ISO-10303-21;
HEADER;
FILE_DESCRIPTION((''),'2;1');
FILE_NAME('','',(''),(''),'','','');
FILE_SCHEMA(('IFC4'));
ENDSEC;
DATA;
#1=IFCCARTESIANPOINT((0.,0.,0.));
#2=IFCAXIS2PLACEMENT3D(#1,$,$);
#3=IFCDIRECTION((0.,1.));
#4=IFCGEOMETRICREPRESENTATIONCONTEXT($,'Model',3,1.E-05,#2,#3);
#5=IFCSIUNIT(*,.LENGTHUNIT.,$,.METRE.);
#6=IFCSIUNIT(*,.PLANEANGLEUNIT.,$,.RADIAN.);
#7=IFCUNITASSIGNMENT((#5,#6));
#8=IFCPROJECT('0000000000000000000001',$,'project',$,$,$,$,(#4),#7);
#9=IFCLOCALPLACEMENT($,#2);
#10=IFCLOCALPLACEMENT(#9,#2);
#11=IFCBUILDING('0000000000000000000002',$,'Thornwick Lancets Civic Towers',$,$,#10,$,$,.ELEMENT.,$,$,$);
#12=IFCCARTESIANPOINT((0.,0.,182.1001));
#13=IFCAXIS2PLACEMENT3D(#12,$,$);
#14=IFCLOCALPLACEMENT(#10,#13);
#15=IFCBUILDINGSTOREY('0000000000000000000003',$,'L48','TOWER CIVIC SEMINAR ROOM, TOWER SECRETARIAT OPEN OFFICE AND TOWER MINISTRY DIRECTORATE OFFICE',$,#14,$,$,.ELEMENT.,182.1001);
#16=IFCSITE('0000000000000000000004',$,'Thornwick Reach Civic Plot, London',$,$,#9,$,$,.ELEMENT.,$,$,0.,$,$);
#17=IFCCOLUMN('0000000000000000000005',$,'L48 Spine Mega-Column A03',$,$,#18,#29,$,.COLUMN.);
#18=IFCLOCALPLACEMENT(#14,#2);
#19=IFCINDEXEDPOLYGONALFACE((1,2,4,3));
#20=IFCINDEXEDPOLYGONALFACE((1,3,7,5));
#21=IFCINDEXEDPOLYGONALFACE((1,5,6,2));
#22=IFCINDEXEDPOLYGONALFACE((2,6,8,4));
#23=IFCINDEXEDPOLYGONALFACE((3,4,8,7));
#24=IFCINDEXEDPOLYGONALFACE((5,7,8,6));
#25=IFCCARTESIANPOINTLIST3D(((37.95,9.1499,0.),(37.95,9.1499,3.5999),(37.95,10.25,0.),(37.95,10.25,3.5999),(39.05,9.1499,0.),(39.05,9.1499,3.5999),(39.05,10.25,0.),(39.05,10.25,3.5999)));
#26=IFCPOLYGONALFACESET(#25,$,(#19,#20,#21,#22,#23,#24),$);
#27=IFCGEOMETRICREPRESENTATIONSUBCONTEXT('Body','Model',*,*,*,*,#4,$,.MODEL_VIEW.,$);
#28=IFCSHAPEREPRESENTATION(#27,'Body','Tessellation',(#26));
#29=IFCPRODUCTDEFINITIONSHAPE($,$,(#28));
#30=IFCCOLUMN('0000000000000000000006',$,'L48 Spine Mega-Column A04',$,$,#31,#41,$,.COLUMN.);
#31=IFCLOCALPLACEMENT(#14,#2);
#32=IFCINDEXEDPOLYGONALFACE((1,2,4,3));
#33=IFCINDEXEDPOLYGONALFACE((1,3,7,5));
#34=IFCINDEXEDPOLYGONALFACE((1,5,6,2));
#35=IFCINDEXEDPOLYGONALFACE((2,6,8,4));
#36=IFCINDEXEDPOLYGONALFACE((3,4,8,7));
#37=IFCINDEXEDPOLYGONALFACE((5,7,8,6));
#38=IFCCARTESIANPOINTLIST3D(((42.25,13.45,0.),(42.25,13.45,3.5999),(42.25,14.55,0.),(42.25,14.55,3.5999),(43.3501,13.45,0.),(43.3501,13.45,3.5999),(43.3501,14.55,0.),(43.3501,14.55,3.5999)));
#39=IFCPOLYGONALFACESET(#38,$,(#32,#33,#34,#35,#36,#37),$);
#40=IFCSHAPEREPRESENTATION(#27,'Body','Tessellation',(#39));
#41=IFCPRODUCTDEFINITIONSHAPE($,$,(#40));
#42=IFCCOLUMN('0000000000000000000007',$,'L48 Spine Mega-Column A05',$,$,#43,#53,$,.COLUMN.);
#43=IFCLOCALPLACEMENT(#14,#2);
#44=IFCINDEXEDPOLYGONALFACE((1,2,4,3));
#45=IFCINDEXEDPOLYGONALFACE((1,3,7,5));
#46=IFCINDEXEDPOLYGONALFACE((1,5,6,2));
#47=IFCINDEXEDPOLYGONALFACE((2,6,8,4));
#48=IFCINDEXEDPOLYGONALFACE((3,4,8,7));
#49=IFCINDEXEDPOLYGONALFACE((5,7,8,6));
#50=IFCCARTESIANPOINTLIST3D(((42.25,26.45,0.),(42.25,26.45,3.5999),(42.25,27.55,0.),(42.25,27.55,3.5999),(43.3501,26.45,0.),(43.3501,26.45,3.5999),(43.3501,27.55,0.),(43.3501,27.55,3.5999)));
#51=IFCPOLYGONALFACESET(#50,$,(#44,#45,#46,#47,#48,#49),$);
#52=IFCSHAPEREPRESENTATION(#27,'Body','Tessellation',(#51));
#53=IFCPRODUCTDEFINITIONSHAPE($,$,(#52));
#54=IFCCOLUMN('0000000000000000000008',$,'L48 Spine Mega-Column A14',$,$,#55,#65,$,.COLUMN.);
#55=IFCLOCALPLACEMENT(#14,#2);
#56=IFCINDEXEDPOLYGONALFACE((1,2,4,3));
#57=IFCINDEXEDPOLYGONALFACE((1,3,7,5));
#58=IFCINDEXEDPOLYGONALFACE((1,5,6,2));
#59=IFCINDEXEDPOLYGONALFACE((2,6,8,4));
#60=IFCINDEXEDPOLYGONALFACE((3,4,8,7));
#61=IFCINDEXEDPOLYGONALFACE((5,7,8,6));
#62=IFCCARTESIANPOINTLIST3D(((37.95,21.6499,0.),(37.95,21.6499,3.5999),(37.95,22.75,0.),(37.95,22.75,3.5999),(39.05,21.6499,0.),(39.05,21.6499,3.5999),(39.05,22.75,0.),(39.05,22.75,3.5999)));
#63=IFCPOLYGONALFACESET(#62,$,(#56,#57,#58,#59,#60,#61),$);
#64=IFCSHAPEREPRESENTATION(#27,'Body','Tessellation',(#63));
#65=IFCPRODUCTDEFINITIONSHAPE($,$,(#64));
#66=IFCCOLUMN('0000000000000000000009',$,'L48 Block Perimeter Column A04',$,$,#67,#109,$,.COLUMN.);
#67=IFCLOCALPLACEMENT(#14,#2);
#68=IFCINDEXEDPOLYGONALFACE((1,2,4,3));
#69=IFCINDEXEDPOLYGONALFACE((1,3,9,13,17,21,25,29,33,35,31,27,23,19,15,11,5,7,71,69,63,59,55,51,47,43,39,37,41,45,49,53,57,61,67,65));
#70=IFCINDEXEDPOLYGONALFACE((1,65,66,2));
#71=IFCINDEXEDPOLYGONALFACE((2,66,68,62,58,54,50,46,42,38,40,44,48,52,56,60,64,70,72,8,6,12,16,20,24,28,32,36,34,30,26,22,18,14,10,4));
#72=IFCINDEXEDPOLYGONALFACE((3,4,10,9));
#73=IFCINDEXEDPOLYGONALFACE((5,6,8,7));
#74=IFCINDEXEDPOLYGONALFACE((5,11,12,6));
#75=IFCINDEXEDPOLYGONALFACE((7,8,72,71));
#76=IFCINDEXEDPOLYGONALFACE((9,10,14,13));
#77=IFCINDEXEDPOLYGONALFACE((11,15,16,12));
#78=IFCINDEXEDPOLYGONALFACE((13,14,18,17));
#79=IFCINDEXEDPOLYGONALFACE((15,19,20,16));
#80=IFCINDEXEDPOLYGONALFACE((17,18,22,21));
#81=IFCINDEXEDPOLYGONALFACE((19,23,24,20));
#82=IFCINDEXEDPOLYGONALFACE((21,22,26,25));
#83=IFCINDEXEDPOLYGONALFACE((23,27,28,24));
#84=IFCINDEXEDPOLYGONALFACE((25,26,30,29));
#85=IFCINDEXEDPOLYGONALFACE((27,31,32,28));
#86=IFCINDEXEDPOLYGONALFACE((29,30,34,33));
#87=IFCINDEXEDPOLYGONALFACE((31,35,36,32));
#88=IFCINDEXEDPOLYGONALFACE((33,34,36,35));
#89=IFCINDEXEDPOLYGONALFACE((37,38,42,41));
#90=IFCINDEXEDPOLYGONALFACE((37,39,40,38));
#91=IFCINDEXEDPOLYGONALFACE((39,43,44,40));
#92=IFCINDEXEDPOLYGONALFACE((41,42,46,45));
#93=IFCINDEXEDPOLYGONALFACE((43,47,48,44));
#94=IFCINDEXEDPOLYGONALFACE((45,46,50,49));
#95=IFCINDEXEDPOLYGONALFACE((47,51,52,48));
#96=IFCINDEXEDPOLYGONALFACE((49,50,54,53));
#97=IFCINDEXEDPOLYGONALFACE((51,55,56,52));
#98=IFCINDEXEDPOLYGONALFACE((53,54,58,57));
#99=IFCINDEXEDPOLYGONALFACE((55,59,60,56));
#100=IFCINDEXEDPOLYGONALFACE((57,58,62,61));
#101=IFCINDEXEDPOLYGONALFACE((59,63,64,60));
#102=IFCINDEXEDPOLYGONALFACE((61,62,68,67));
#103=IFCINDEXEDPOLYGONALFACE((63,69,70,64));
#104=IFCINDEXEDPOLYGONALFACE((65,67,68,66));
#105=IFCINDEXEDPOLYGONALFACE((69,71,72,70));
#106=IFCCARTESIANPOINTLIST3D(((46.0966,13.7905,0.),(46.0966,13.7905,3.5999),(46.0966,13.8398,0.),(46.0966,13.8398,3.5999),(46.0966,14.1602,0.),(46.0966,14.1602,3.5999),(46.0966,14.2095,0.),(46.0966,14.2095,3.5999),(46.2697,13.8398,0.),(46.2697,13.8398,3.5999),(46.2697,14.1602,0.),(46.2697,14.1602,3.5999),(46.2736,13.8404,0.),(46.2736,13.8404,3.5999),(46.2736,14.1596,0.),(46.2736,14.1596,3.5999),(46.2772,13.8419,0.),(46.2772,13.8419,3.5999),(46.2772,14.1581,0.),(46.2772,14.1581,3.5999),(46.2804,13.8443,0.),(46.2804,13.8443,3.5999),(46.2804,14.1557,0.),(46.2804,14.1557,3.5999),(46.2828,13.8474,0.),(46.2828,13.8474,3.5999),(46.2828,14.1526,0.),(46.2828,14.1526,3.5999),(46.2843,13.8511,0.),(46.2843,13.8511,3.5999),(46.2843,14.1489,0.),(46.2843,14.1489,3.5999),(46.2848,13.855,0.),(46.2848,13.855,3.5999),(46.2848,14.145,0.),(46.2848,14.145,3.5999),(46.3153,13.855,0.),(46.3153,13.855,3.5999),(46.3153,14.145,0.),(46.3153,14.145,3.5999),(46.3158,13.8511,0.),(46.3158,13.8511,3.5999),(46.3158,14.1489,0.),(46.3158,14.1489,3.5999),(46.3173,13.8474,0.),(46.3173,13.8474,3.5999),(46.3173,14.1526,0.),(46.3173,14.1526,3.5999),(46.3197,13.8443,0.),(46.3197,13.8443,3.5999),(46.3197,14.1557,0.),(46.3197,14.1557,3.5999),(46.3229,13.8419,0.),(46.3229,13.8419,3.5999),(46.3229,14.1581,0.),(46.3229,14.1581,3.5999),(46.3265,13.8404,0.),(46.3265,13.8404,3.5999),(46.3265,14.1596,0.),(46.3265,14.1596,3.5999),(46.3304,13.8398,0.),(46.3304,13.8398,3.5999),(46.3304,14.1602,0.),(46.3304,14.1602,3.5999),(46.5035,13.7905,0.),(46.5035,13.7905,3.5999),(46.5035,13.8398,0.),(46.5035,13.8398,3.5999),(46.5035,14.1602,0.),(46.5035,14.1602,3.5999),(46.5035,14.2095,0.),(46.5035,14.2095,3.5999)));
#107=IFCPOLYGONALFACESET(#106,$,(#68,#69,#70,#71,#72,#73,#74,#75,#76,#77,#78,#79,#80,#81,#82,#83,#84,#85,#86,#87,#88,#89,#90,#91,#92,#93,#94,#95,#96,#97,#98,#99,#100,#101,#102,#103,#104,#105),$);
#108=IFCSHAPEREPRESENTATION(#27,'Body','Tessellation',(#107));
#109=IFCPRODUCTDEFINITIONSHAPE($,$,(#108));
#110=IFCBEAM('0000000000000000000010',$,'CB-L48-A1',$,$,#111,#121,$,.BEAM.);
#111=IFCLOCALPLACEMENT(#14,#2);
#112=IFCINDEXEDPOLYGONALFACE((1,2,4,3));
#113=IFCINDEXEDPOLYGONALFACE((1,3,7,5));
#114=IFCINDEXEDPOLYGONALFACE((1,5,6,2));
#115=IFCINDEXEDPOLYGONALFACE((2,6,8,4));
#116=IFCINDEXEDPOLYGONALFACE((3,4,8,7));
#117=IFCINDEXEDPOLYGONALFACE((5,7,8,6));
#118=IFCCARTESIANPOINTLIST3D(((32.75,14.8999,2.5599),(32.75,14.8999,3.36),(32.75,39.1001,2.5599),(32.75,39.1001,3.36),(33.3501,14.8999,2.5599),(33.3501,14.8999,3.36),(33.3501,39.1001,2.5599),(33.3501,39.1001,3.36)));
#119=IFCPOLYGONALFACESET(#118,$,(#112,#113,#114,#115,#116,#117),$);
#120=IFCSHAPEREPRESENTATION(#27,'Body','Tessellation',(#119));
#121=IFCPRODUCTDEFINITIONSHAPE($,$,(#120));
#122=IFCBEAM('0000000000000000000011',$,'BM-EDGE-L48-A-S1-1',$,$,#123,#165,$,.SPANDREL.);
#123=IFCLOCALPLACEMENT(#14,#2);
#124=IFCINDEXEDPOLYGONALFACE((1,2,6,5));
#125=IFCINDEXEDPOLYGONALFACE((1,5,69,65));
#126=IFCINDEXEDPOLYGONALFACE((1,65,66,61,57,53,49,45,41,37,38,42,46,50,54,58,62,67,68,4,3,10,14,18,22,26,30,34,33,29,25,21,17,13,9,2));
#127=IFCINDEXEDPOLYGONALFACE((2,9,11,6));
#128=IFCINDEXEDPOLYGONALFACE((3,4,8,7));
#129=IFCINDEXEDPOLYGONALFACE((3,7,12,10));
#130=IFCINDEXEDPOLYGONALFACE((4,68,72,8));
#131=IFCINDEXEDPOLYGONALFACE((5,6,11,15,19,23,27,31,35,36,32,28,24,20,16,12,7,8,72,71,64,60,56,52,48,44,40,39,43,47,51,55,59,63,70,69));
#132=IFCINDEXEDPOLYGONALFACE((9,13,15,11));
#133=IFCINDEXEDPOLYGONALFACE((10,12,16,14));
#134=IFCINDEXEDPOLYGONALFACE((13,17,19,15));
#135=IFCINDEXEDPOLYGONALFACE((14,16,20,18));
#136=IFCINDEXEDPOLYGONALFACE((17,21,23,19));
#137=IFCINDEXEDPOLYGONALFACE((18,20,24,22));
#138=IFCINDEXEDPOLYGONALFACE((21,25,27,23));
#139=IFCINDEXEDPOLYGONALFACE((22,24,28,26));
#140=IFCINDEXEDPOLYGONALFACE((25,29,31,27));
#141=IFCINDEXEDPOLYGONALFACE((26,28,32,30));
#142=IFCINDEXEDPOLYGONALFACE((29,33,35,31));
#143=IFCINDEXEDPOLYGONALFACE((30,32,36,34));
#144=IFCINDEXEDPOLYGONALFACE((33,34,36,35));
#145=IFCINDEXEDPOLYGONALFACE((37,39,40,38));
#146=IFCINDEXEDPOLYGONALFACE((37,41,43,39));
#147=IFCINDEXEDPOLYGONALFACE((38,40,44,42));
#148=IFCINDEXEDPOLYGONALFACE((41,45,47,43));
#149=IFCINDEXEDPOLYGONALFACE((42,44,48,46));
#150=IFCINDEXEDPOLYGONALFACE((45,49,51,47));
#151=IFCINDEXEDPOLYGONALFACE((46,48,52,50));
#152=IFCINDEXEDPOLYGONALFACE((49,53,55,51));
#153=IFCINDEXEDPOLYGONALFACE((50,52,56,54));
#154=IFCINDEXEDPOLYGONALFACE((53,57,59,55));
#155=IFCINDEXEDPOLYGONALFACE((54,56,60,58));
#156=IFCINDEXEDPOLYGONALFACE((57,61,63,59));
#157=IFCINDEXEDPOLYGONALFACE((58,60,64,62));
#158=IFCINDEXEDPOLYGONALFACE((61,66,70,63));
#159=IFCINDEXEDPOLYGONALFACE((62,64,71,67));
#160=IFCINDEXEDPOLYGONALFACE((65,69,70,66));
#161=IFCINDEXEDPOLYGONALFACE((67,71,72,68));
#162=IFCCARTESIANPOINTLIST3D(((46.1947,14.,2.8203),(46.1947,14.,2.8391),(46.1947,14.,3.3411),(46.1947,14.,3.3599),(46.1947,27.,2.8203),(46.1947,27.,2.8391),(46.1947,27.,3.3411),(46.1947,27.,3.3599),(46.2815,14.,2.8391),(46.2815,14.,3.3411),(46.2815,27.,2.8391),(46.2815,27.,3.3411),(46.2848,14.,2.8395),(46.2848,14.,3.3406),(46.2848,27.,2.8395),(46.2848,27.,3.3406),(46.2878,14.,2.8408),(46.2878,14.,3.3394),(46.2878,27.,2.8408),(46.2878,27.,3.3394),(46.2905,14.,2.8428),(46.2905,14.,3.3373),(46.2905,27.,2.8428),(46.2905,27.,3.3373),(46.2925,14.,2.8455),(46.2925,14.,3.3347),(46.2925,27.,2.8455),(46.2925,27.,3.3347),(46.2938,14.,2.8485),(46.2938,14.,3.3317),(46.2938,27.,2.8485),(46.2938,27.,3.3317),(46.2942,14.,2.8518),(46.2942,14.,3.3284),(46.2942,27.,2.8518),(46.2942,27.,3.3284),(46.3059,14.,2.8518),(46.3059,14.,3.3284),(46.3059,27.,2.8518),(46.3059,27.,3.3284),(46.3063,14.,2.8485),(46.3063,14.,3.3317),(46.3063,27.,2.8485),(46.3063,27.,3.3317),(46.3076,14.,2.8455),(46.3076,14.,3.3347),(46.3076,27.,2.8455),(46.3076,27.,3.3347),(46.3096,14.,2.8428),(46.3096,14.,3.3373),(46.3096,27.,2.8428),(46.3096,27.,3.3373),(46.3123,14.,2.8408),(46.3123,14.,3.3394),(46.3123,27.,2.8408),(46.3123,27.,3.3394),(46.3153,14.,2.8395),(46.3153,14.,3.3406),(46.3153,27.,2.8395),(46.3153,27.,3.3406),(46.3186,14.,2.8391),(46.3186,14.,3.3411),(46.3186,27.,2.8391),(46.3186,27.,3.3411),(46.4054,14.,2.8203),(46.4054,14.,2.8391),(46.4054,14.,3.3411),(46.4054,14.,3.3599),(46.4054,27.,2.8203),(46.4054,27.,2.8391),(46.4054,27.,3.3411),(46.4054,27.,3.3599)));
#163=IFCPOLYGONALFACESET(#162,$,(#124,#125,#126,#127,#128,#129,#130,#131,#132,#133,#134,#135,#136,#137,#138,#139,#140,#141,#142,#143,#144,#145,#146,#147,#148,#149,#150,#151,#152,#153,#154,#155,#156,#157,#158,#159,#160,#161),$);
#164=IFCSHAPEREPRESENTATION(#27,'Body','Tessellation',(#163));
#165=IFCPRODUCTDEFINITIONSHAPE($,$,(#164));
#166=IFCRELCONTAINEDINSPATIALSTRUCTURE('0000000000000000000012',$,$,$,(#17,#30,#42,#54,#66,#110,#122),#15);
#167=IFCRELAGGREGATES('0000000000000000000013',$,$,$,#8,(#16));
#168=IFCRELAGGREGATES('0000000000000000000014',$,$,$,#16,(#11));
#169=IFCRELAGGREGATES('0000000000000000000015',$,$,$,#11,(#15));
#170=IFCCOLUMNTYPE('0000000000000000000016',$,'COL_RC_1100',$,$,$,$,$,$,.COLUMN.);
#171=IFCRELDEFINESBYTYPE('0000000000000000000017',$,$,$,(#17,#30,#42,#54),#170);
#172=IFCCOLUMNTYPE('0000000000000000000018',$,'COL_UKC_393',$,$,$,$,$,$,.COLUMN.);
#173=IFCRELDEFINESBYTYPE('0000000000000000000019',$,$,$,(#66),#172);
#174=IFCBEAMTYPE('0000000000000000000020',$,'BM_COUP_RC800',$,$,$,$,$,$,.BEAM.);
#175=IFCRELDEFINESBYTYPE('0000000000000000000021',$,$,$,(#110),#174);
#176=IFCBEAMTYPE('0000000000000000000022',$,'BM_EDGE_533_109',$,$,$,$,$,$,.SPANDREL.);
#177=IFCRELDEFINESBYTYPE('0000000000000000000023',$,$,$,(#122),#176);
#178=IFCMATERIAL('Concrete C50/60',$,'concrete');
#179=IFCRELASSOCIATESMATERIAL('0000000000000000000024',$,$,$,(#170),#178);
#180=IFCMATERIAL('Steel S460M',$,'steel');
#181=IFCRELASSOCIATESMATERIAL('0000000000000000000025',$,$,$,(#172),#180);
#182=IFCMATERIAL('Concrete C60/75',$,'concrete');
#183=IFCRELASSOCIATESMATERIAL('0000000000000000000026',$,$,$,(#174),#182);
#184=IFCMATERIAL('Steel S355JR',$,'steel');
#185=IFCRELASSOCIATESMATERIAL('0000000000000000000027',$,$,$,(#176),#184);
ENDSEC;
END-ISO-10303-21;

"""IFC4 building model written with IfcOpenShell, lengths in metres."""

from ifc_helpers import new_model, si_unit, direction, frame, origin, origin_2d, place, context, subcontext, project, spatial, rectangle, i_section, extrude, material, material_profile, profile_set, type_object, element, save


model = new_model("IFC4")

# Units and contexts
model_context = context("Model", 3, precision=1e-05, world=origin(), true_north=direction((0.0, 1.0)))
body_context = subcontext(model_context, "Body", "Model", "MODEL_VIEW")
ifc_project = project(units=[si_unit("LENGTHUNIT", "METRE"), si_unit("PLANEANGLEUNIT", "RADIAN")], contexts=[model_context])

# Site, building, storey
site_placement = place(None, origin())
site = spatial("IfcSite", under=ifc_project, at=site_placement, Name="Thornwick Reach Civic Plot, London", CompositionType="ELEMENT", RefElevation=0.0)
building_placement = place(site_placement, origin())
building = spatial("IfcBuilding", under=site, at=building_placement, Name="Thornwick Lancets Civic Towers", CompositionType="ELEMENT")
storey_placement = place(building_placement, frame((0.0, 0.0, 182.1001)))
storey = spatial("IfcBuildingStorey", under=building, at=storey_placement, Name="L48", Description="TOWER CIVIC SEMINAR ROOM, TOWER SECRETARIAT OPEN OFFICE AND TOWER MINISTRY DIRECTORATE OFFICE", CompositionType="ELEMENT", Elevation=182.1001)

# Columns
ifc_material_1 = material(Name="Concrete C50/60", Category="concrete")
ifc_material_profile_1 = material_profile(ifc_material_1, rectangle(XDim=1.1001, YDim=1.1001, at=origin_2d()), Name="RC 1100x1100")
ifc_profile_set_1 = profile_set([ifc_material_profile_1], Name="Concrete C50/60")
column_type_1 = type_object("IfcColumnType", Name="COL_RC_1100", PredefinedType="COLUMN", material=ifc_profile_set_1)
for number, where, z_axis, x_axis, name in (
    (1, (38.5, 9.7, 0.0), (0.0, 0.0, 1.0), (1.0, 0.0, 0.0), "L48 Spine Mega-Column A03"),
    (2, (42.8, 14.0, 0.0), (0.0, 0.0, 1.0), (1.0, 0.0, 0.0), "L48 Spine Mega-Column A04"),
    (3, (42.8, 27.0, 0.0), (0.0, 0.0, 1.0), (1.0, 0.0, 0.0), "L48 Spine Mega-Column A05"),
    (4, (38.5, 22.2, 0.0), (0.0, 0.0, 1.0), (1.0, 0.0, 0.0), "L48 Spine Mega-Column A14"),
):
    element("IfcColumn", number, at=place(storey_placement, frame(where, z_axis=z_axis, x_axis=x_axis)), inside=storey, type_object=column_type_1, Name=name, PredefinedType="COLUMN", context=body_context, shape_type="SweptSolid", body=[
        extrude(rectangle(XDim=1.1001, YDim=1.1001, at=origin_2d()), origin(), (0.0, 0.0, 1.0), 3.5999),
    ])
ifc_material_2 = material(Name="Steel S460M", Category="steel")
ifc_material_profile_2 = material_profile(ifc_material_2, i_section(OverallWidth=0.407, OverallDepth=0.4189, WebThickness=0.0305, FlangeThickness=0.0493, FilletRadius=0.0151, at=origin_2d()), Name="UKC 356x406x393")
ifc_profile_set_2 = profile_set([ifc_material_profile_2], Name="Steel S460M")
column_type_2 = type_object("IfcColumnType", Name="COL_UKC_393", PredefinedType="COLUMN", material=ifc_profile_set_2)
column_placement = place(storey_placement, frame((46.3, 14.0, 0.0), z_axis=(0.0, 0.0, 1.0), x_axis=(1.0, 0.0, 0.0)))
element("IfcColumn", 5, at=column_placement, inside=storey, type_object=column_type_2, Name="L48 Block Perimeter Column A04", PredefinedType="COLUMN", context=body_context, shape_type="SweptSolid", body=[
    extrude(i_section(OverallWidth=0.407, OverallDepth=0.4189, WebThickness=0.0305, FlangeThickness=0.0493, FilletRadius=0.0151, at=origin_2d()), origin(), (0.0, 0.0, 1.0), 3.5999),
])

# Beams
ifc_material_3 = material(Name="Concrete C60/75", Category="concrete")
ifc_material_profile_3 = material_profile(ifc_material_3, rectangle(XDim=0.6001, YDim=0.8, at=origin_2d()), Name="RC 600x800")
ifc_profile_set_3 = profile_set([ifc_material_profile_3], Name="Concrete C60/75")
beam_type_1 = type_object("IfcBeamType", Name="BM_COUP_RC800", PredefinedType="BEAM", material=ifc_profile_set_3)
beam_1_placement = place(storey_placement, frame((33.05, 14.8999, 2.96), z_axis=(0.0, 1.0, 0.0), x_axis=(-1.0, 0.0, 0.0)))
element("IfcBeam", 6, at=beam_1_placement, inside=storey, type_object=beam_type_1, Name="CB-L48-A1", PredefinedType="BEAM", context=body_context, shape_type="SweptSolid", body=[
    extrude(rectangle(XDim=0.6001, YDim=0.8, at=origin_2d()), origin(), (0.0, 0.0, 1.0), 24.2002),
])
ifc_material_4 = material(Name="Steel S355JR", Category="steel")
ifc_material_profile_4 = material_profile(ifc_material_4, i_section(OverallWidth=0.2107, OverallDepth=0.5396, WebThickness=0.0117, FlangeThickness=0.0188, FilletRadius=0.0127, at=origin_2d()), Name="UKB 533x210x109")
ifc_profile_set_4 = profile_set([ifc_material_profile_4], Name="Steel S355JR")
beam_type_2 = type_object("IfcBeamType", Name="BM_EDGE_533_109", PredefinedType="SPANDREL", material=ifc_profile_set_4)
beam_2_placement = place(storey_placement, frame((46.3, 14.0, 3.0901), z_axis=(0.0, 1.0, 0.0), x_axis=(-1.0, 0.0, 0.0)))
element("IfcBeam", 7, at=beam_2_placement, inside=storey, type_object=beam_type_2, Name="BM-EDGE-L48-A-S1-1", PredefinedType="SPANDREL", context=body_context, shape_type="SweptSolid", body=[
    extrude(i_section(OverallWidth=0.2107, OverallDepth=0.5396, WebThickness=0.0117, FlangeThickness=0.0188, FilletRadius=0.0127, at=origin_2d()), origin(), (0.0, 0.0, 1.0), 13.0),
])

save(model, "model.ifc")
